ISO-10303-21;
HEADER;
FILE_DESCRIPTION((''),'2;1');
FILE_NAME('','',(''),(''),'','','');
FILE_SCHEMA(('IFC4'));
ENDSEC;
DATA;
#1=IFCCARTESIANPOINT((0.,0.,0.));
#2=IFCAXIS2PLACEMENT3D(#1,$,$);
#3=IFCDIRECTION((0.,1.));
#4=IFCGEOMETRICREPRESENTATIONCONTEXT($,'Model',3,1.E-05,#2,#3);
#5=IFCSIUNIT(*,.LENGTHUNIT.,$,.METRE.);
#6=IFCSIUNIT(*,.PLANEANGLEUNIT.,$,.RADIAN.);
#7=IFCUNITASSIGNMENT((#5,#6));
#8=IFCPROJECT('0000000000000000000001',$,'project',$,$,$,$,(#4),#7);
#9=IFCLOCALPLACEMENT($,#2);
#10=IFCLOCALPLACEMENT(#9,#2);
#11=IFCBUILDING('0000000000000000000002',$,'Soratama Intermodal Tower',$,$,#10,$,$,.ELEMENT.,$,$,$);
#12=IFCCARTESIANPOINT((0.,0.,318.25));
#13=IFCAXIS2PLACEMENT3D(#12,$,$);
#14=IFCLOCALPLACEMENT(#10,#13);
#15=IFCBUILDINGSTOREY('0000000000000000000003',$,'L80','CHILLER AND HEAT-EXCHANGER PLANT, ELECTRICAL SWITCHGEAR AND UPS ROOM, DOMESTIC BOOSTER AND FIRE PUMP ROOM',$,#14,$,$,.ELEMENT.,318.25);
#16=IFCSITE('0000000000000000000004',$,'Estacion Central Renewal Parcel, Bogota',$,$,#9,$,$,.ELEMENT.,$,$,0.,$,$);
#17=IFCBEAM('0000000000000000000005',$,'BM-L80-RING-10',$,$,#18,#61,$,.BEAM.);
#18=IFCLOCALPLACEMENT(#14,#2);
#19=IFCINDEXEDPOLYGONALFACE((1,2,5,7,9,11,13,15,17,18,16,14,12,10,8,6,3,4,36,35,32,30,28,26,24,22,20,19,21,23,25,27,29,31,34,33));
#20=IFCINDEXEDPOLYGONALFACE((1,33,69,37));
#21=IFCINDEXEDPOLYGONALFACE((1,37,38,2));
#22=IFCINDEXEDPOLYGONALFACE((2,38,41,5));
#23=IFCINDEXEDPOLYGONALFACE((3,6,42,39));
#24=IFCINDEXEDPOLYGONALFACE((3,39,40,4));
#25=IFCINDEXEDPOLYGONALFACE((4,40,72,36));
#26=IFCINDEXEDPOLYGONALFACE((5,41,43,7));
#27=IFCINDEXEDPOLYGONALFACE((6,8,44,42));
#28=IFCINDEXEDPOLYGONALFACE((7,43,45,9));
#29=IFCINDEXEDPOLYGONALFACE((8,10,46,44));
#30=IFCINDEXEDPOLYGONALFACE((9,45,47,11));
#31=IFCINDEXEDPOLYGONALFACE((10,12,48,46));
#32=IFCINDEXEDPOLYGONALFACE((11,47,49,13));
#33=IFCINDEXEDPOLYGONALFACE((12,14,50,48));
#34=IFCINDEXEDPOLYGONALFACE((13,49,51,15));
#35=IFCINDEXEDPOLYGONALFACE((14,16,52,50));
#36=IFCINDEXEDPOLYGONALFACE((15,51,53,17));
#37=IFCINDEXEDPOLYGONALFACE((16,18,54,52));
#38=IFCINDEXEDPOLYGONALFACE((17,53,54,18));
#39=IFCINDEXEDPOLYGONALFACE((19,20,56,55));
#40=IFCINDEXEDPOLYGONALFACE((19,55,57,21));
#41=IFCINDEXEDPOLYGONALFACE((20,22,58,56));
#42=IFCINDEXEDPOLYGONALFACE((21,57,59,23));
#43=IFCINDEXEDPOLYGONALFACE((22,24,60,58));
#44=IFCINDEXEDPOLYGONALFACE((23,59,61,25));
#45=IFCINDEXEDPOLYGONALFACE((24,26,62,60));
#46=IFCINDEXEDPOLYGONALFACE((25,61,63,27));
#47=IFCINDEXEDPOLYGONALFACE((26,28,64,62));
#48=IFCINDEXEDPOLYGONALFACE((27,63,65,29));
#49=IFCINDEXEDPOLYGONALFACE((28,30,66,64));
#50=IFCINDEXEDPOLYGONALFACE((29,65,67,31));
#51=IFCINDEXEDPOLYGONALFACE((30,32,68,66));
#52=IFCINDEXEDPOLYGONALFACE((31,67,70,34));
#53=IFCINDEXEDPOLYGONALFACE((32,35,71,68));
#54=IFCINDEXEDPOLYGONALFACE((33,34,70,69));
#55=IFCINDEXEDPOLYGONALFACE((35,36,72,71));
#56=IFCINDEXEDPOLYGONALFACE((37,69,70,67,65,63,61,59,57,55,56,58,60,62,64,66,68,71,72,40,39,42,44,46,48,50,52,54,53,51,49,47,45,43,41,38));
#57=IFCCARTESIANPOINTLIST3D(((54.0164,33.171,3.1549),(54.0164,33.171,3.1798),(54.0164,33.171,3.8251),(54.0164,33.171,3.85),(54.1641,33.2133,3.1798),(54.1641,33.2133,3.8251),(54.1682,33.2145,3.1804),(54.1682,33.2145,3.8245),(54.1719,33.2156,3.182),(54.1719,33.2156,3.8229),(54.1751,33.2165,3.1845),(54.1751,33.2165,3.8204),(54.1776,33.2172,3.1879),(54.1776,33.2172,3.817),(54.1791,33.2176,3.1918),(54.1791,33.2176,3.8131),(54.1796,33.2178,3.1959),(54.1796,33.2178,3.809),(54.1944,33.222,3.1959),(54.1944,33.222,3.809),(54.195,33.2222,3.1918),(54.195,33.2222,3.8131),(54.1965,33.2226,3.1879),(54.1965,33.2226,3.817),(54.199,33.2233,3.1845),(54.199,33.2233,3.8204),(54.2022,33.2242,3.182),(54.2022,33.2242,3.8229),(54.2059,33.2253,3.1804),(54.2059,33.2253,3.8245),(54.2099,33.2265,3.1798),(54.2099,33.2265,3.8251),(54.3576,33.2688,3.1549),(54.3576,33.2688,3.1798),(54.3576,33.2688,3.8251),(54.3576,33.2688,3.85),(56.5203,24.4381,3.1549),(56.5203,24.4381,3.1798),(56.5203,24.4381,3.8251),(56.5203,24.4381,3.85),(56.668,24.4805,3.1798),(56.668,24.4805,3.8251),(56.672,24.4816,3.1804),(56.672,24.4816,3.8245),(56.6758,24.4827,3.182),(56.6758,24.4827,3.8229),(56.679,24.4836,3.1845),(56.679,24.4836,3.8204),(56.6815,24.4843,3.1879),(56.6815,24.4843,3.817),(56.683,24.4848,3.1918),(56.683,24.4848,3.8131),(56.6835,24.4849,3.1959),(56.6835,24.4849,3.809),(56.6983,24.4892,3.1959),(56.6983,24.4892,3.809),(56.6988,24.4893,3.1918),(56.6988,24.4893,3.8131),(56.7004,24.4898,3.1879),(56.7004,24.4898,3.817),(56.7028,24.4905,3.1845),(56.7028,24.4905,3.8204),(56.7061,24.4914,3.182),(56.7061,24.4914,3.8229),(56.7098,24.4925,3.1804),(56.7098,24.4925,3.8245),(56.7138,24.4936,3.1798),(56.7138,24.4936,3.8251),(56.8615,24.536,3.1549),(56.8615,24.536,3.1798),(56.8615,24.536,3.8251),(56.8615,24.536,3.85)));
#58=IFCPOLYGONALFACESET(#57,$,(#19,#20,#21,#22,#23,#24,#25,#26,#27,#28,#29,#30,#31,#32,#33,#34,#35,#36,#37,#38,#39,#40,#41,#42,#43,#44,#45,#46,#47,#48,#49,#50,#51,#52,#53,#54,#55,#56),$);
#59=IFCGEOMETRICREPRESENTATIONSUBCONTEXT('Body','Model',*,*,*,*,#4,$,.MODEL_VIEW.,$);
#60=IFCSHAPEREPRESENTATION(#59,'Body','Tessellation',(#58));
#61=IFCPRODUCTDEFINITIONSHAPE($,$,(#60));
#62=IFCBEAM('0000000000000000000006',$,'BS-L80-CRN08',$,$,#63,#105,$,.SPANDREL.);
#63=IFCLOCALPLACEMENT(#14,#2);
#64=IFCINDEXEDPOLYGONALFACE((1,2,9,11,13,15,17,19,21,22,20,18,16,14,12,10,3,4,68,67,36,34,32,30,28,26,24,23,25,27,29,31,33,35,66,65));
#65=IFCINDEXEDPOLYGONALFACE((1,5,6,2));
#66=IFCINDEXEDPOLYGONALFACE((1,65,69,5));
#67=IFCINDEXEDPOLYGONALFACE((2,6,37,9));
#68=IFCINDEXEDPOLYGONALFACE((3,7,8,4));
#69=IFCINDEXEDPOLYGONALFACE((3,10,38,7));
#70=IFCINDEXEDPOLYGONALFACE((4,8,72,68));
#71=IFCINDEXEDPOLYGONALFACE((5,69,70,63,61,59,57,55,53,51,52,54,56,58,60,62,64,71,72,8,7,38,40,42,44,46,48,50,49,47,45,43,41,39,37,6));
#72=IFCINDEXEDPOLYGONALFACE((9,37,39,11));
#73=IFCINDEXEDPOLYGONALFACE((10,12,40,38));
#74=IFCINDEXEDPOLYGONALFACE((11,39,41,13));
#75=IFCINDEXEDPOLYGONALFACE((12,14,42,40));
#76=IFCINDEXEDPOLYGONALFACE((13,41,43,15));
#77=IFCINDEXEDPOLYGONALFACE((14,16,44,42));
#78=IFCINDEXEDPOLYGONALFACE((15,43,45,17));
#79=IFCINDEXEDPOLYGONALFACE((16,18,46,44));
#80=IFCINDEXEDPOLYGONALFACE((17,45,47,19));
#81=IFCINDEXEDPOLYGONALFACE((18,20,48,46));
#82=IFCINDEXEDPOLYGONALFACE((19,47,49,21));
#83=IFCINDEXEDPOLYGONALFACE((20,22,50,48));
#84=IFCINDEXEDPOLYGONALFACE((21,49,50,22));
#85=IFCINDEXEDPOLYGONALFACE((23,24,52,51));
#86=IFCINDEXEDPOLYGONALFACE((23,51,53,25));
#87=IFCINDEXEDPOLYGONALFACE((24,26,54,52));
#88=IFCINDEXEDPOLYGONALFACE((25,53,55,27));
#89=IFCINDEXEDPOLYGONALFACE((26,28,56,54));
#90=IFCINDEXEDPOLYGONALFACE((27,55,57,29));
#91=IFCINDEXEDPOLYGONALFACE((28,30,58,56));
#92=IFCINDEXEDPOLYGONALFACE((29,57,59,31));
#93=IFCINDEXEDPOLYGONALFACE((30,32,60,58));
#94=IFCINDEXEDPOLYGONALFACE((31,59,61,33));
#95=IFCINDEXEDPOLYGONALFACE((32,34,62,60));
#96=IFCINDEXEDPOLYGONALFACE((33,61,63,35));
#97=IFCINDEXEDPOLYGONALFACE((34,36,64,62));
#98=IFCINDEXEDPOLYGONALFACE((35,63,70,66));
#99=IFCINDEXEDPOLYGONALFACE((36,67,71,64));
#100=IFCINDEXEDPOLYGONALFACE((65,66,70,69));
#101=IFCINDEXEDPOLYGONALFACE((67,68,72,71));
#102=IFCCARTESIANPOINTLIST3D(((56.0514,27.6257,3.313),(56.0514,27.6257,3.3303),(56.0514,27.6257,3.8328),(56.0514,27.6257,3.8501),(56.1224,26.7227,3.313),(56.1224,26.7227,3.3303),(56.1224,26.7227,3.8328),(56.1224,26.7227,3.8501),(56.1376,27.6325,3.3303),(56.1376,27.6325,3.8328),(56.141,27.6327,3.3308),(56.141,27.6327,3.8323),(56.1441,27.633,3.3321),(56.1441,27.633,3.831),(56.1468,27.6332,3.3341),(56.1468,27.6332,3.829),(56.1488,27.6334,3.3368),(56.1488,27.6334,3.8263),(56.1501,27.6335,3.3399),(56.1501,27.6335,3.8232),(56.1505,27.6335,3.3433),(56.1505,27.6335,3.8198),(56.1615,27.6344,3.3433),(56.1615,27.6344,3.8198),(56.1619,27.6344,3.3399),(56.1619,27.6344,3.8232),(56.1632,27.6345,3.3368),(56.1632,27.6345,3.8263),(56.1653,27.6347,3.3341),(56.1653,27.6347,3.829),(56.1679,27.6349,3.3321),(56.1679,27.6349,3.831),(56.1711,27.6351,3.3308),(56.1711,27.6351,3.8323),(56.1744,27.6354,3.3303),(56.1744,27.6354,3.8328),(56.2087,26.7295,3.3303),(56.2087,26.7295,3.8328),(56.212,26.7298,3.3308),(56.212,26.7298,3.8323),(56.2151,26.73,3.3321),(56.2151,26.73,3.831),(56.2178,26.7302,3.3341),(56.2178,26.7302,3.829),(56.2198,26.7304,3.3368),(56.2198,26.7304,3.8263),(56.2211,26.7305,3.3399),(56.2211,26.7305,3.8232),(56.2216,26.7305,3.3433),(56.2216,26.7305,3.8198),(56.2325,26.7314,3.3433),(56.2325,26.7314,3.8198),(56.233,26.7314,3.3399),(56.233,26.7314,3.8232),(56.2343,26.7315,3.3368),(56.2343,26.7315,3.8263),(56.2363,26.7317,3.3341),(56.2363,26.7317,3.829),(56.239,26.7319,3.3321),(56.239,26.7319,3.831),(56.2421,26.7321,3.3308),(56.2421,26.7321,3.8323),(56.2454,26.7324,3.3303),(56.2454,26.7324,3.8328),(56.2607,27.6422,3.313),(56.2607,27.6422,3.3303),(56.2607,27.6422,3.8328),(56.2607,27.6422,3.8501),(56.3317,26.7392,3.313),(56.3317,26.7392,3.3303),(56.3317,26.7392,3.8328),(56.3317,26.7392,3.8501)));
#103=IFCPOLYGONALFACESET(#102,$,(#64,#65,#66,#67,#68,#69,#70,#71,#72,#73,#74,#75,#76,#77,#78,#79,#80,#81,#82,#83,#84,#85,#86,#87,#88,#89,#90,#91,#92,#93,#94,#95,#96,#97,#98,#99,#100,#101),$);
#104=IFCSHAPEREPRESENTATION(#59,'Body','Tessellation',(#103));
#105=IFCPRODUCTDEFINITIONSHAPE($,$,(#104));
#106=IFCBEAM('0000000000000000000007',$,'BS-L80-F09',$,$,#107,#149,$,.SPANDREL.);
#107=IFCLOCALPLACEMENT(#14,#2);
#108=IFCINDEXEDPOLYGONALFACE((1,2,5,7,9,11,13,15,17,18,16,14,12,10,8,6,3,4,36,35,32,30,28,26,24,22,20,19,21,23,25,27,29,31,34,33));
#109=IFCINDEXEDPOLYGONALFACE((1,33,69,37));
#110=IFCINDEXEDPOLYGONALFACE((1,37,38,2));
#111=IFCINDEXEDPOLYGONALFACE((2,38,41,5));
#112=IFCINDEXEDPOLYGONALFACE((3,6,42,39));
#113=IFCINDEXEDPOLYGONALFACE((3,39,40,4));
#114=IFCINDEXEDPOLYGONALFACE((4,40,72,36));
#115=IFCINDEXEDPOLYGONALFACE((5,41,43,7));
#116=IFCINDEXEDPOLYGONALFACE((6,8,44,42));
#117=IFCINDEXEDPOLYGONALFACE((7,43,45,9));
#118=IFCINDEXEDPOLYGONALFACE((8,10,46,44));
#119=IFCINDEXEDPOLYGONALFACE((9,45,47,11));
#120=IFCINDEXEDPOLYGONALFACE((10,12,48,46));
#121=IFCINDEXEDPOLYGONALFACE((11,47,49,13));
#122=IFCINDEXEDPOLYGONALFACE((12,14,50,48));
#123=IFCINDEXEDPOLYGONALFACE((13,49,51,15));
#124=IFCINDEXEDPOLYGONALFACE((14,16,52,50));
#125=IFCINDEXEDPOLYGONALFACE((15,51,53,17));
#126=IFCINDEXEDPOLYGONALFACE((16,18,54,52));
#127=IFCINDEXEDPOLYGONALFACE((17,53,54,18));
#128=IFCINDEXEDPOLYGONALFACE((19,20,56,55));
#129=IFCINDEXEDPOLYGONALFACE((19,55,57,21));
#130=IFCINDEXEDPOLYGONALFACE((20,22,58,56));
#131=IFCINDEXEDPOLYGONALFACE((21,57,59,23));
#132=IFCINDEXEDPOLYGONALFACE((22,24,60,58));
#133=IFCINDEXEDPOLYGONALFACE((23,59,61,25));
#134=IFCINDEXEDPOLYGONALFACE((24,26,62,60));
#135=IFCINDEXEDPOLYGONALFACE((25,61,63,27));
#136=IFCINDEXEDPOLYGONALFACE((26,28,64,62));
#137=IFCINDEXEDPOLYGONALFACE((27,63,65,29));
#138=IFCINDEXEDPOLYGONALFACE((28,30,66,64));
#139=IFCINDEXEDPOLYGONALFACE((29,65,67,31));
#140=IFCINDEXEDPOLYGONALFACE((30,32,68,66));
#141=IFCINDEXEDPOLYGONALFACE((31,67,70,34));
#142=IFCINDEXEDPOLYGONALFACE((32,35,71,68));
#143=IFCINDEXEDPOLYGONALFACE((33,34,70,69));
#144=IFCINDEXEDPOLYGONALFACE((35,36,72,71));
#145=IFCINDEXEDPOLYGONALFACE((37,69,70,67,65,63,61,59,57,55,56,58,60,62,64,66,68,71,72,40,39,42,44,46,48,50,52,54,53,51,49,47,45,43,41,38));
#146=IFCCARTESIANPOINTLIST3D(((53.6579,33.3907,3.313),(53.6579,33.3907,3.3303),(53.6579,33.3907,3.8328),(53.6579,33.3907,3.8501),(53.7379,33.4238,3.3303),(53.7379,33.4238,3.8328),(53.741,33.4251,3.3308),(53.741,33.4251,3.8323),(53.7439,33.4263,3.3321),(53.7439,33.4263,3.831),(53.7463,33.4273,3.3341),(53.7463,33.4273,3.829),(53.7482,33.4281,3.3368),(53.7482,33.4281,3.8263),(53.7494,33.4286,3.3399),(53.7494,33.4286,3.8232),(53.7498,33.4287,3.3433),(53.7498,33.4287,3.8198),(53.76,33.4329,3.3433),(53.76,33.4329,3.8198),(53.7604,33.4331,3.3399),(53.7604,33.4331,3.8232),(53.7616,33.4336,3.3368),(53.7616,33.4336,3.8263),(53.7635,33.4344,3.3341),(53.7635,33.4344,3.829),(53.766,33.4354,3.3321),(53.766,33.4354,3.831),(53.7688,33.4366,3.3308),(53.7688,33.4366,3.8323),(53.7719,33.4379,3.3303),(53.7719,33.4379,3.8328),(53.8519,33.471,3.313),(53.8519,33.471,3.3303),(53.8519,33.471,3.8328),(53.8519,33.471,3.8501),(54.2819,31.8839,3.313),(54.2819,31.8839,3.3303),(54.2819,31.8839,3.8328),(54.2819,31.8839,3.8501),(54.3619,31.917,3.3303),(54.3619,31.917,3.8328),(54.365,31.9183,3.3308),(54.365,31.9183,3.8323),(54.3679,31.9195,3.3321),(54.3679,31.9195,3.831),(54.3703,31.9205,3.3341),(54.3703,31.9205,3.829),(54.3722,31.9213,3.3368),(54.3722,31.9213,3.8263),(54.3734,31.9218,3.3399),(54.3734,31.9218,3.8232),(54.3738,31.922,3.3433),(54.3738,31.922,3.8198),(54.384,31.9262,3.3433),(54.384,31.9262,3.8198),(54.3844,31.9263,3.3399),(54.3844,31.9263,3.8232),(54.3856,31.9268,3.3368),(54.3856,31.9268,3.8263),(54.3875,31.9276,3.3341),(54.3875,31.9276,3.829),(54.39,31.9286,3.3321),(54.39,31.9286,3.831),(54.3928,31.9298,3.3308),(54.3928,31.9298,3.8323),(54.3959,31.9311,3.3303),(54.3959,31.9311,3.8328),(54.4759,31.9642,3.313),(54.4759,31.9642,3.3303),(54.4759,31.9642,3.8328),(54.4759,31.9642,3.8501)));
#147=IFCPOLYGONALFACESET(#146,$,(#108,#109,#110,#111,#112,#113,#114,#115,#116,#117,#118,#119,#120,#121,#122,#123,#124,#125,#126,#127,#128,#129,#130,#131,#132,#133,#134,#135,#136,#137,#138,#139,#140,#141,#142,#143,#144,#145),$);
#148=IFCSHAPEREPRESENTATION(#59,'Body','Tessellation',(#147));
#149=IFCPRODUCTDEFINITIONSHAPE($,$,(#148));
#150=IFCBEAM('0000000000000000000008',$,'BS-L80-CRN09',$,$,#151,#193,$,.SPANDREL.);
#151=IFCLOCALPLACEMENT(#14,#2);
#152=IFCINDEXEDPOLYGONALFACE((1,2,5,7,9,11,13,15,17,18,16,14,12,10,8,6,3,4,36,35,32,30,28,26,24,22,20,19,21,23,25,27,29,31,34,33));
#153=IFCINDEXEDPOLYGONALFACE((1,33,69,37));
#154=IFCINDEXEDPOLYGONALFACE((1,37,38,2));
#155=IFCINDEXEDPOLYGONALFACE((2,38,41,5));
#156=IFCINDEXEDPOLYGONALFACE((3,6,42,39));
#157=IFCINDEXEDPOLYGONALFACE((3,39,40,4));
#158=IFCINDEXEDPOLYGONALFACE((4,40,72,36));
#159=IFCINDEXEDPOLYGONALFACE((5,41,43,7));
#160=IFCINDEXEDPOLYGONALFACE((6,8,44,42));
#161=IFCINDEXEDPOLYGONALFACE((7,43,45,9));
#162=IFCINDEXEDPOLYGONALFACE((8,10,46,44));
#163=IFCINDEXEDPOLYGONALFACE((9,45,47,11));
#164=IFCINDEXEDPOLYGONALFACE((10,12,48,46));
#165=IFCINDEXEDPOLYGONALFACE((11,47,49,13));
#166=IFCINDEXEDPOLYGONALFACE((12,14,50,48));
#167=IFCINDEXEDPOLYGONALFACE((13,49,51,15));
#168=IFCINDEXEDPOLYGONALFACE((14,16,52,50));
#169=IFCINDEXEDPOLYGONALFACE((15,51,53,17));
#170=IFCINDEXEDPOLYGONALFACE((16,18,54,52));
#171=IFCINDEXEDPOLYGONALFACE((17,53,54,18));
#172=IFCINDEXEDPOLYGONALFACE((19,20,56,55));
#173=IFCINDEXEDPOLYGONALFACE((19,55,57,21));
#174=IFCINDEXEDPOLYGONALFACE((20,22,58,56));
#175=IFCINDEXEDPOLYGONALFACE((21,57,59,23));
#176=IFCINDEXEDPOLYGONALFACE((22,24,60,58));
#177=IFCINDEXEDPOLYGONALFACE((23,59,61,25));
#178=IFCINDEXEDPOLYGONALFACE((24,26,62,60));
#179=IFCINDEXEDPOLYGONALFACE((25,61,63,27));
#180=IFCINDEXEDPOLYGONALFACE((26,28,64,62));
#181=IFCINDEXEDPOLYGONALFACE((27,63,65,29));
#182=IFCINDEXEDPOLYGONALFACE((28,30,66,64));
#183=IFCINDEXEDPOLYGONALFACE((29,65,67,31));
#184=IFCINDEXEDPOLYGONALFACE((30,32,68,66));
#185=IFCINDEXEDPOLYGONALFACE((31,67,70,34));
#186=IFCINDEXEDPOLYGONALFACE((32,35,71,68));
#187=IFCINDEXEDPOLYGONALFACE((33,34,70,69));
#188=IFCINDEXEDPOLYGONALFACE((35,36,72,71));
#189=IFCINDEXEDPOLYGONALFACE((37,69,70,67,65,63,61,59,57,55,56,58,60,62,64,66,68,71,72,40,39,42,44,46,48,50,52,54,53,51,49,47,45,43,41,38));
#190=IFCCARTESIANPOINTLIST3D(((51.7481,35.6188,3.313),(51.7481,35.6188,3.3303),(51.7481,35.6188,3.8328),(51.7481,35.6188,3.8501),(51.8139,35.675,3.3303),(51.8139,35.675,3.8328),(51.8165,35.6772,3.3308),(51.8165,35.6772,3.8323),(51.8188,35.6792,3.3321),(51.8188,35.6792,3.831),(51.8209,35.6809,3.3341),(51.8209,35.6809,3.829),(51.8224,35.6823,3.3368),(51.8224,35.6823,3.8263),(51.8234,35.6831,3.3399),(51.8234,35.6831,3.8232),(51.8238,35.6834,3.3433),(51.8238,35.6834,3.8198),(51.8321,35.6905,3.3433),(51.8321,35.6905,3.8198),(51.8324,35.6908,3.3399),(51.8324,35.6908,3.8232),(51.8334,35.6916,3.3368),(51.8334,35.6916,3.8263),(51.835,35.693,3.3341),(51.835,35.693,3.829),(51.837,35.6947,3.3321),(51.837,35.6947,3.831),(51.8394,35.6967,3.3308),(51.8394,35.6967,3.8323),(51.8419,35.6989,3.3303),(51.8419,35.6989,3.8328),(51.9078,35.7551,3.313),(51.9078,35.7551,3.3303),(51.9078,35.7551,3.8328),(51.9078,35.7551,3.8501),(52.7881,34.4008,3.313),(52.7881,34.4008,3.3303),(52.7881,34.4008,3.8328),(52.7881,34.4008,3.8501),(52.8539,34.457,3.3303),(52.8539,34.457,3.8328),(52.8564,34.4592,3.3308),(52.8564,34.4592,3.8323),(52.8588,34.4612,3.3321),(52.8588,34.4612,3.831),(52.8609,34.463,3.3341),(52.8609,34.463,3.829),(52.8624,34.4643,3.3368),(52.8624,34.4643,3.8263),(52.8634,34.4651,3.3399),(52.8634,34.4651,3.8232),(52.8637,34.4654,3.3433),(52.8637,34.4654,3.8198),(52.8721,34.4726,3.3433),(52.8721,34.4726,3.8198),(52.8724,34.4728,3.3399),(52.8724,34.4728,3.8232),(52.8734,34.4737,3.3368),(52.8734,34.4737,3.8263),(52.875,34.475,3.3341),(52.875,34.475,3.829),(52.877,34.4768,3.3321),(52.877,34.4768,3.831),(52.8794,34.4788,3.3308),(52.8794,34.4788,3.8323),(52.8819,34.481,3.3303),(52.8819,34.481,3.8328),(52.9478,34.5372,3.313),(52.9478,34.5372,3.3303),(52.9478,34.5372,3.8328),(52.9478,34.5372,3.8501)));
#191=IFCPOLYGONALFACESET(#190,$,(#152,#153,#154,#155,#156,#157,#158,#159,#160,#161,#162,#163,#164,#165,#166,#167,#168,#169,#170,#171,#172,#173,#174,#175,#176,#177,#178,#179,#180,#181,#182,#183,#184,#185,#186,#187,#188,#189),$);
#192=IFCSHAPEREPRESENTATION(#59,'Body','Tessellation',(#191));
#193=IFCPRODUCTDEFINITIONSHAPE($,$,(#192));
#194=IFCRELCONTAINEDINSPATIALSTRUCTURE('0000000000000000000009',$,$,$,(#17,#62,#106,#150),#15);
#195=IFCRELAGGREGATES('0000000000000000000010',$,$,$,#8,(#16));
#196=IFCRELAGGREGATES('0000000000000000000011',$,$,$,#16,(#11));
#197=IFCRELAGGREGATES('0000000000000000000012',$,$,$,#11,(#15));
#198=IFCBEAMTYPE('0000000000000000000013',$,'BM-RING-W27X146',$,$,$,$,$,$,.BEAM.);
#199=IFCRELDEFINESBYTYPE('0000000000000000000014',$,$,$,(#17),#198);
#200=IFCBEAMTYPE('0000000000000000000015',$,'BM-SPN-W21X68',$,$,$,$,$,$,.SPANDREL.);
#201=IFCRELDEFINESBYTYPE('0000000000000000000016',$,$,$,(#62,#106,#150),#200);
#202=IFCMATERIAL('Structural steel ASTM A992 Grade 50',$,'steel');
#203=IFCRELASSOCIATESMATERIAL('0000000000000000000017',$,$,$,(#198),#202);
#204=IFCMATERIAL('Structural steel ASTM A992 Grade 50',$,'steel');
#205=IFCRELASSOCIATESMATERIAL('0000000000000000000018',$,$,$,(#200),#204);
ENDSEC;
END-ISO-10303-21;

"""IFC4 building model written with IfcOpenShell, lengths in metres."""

from ifc_helpers import new_model, si_unit, direction, frame, origin, origin_2d, place, context, subcontext, project, spatial, i_section, extrude, material, material_profile, profile_set, type_object, element, save


model = new_model("IFC4")

# Units and contexts
model_context = context("Model", 3, precision=1e-05, world=origin(), true_north=direction((0.0, 1.0)))
body_context = subcontext(model_context, "Body", "Model", "MODEL_VIEW")
ifc_project = project(units=[si_unit("LENGTHUNIT", "METRE"), si_unit("PLANEANGLEUNIT", "RADIAN")], contexts=[model_context])

# Site, building, storey
site_placement = place(None, origin())
site = spatial("IfcSite", under=ifc_project, at=site_placement, Name="Estacion Central Renewal Parcel, Bogota", CompositionType="ELEMENT", RefElevation=0.0)
building_placement = place(site_placement, origin())
building = spatial("IfcBuilding", under=site, at=building_placement, Name="Soratama Intermodal Tower", CompositionType="ELEMENT")
storey_placement = place(building_placement, frame((0.0, 0.0, 318.25)))
storey = spatial("IfcBuildingStorey", under=building, at=storey_placement, Name="L80", Description="CHILLER AND HEAT-EXCHANGER PLANT, ELECTRICAL SWITCHGEAR AND UPS ROOM, DOMESTIC BOOSTER AND FIRE PUMP ROOM", CompositionType="ELEMENT", Elevation=318.25)

# Beams
ifc_material_1 = material(Name="Structural steel ASTM A992 Grade 50", Category="steel")
ifc_material_profile_1 = material_profile(ifc_material_1, i_section(OverallWidth=0.355, OverallDepth=0.6951, WebThickness=0.0154, FlangeThickness=0.0249, FilletRadius=0.0161, at=origin_2d()), Name="W27X146")
ifc_profile_set_1 = profile_set([ifc_material_profile_1], Name="Structural steel ASTM A992 Grade 50")
beam_type_1 = type_object("IfcBeamType", Name="BM-RING-W27X146", PredefinedType="BEAM", material=ifc_profile_set_1)
beam_1_placement = place(storey_placement, frame((56.6909, 24.4871, 3.5024), z_axis=(-0.275615, 0.961268, 0.0), x_axis=(-0.961268, -0.275615, 0.0)))
element("IfcBeam", 1, at=beam_1_placement, inside=storey, type_object=beam_type_1, Name="BM-L80-RING-10", PredefinedType="BEAM", context=body_context, shape_type="SweptSolid", body=[
    extrude(i_section(OverallWidth=0.355, OverallDepth=0.6951, WebThickness=0.0154, FlangeThickness=0.0249, FilletRadius=0.0161, at=origin_2d()), origin(), (0.0, 0.0, 1.0), 9.0847),
])
ifc_material_2 = material(Name="Structural steel ASTM A992 Grade 50", Category="steel")
ifc_material_profile_2 = material_profile(ifc_material_2, i_section(OverallWidth=0.21, OverallDepth=0.5371, WebThickness=0.011, FlangeThickness=0.0173, FilletRadius=0.0129, at=origin_2d()), Name="W21X68")
ifc_profile_set_2 = profile_set([ifc_material_profile_2], Name="Structural steel ASTM A992 Grade 50")
beam_type_2 = type_object("IfcBeamType", Name="BM-SPN-W21X68", PredefinedType="SPANDREL", material=ifc_profile_set_2)
beam_2_placement = place(storey_placement, frame((56.2271, 26.731, 3.5815), z_axis=(-0.078428, 0.99692, 0.0), x_axis=(-0.99692, -0.078428, 0.0)))
element("IfcBeam", 2, at=beam_2_placement, inside=storey, type_object=beam_type_2, Name="BS-L80-CRN08", PredefinedType="SPANDREL", context=body_context, shape_type="SweptSolid", body=[
    extrude(i_section(OverallWidth=0.21, OverallDepth=0.5371, WebThickness=0.011, FlangeThickness=0.0173, FilletRadius=0.0129, at=origin_2d()), origin(), (0.0, 0.0, 1.0), 0.9058),
])
beam_3_placement = place(storey_placement, frame((54.3789, 31.9241, 3.5815), z_axis=(-0.382616, 0.923907, 0.0), x_axis=(-0.923907, -0.382616, 0.0)))
element("IfcBeam", 3, at=beam_3_placement, inside=storey, type_object=beam_type_2, Name="BS-L80-F09", PredefinedType="SPANDREL", context=body_context, shape_type="SweptSolid", body=[
    extrude(i_section(OverallWidth=0.21, OverallDepth=0.5371, WebThickness=0.011, FlangeThickness=0.0173, FilletRadius=0.0129, at=origin_2d()), origin(), (0.0, 0.0, 1.0), 1.6309),
])
beam_4_placement = place(storey_placement, frame((52.8679, 34.469, 3.5815), z_axis=(-0.649359, 0.760482, 0.0), x_axis=(-0.760482, -0.649359, 0.0)))
element("IfcBeam", 4, at=beam_4_placement, inside=storey, type_object=beam_type_2, Name="BS-L80-CRN09", PredefinedType="SPANDREL", context=body_context, shape_type="SweptSolid", body=[
    extrude(i_section(OverallWidth=0.21, OverallDepth=0.5371, WebThickness=0.011, FlangeThickness=0.0173, FilletRadius=0.0129, at=origin_2d()), origin(), (0.0, 0.0, 1.0), 1.6016),
])

save(model, "model.ifc")
